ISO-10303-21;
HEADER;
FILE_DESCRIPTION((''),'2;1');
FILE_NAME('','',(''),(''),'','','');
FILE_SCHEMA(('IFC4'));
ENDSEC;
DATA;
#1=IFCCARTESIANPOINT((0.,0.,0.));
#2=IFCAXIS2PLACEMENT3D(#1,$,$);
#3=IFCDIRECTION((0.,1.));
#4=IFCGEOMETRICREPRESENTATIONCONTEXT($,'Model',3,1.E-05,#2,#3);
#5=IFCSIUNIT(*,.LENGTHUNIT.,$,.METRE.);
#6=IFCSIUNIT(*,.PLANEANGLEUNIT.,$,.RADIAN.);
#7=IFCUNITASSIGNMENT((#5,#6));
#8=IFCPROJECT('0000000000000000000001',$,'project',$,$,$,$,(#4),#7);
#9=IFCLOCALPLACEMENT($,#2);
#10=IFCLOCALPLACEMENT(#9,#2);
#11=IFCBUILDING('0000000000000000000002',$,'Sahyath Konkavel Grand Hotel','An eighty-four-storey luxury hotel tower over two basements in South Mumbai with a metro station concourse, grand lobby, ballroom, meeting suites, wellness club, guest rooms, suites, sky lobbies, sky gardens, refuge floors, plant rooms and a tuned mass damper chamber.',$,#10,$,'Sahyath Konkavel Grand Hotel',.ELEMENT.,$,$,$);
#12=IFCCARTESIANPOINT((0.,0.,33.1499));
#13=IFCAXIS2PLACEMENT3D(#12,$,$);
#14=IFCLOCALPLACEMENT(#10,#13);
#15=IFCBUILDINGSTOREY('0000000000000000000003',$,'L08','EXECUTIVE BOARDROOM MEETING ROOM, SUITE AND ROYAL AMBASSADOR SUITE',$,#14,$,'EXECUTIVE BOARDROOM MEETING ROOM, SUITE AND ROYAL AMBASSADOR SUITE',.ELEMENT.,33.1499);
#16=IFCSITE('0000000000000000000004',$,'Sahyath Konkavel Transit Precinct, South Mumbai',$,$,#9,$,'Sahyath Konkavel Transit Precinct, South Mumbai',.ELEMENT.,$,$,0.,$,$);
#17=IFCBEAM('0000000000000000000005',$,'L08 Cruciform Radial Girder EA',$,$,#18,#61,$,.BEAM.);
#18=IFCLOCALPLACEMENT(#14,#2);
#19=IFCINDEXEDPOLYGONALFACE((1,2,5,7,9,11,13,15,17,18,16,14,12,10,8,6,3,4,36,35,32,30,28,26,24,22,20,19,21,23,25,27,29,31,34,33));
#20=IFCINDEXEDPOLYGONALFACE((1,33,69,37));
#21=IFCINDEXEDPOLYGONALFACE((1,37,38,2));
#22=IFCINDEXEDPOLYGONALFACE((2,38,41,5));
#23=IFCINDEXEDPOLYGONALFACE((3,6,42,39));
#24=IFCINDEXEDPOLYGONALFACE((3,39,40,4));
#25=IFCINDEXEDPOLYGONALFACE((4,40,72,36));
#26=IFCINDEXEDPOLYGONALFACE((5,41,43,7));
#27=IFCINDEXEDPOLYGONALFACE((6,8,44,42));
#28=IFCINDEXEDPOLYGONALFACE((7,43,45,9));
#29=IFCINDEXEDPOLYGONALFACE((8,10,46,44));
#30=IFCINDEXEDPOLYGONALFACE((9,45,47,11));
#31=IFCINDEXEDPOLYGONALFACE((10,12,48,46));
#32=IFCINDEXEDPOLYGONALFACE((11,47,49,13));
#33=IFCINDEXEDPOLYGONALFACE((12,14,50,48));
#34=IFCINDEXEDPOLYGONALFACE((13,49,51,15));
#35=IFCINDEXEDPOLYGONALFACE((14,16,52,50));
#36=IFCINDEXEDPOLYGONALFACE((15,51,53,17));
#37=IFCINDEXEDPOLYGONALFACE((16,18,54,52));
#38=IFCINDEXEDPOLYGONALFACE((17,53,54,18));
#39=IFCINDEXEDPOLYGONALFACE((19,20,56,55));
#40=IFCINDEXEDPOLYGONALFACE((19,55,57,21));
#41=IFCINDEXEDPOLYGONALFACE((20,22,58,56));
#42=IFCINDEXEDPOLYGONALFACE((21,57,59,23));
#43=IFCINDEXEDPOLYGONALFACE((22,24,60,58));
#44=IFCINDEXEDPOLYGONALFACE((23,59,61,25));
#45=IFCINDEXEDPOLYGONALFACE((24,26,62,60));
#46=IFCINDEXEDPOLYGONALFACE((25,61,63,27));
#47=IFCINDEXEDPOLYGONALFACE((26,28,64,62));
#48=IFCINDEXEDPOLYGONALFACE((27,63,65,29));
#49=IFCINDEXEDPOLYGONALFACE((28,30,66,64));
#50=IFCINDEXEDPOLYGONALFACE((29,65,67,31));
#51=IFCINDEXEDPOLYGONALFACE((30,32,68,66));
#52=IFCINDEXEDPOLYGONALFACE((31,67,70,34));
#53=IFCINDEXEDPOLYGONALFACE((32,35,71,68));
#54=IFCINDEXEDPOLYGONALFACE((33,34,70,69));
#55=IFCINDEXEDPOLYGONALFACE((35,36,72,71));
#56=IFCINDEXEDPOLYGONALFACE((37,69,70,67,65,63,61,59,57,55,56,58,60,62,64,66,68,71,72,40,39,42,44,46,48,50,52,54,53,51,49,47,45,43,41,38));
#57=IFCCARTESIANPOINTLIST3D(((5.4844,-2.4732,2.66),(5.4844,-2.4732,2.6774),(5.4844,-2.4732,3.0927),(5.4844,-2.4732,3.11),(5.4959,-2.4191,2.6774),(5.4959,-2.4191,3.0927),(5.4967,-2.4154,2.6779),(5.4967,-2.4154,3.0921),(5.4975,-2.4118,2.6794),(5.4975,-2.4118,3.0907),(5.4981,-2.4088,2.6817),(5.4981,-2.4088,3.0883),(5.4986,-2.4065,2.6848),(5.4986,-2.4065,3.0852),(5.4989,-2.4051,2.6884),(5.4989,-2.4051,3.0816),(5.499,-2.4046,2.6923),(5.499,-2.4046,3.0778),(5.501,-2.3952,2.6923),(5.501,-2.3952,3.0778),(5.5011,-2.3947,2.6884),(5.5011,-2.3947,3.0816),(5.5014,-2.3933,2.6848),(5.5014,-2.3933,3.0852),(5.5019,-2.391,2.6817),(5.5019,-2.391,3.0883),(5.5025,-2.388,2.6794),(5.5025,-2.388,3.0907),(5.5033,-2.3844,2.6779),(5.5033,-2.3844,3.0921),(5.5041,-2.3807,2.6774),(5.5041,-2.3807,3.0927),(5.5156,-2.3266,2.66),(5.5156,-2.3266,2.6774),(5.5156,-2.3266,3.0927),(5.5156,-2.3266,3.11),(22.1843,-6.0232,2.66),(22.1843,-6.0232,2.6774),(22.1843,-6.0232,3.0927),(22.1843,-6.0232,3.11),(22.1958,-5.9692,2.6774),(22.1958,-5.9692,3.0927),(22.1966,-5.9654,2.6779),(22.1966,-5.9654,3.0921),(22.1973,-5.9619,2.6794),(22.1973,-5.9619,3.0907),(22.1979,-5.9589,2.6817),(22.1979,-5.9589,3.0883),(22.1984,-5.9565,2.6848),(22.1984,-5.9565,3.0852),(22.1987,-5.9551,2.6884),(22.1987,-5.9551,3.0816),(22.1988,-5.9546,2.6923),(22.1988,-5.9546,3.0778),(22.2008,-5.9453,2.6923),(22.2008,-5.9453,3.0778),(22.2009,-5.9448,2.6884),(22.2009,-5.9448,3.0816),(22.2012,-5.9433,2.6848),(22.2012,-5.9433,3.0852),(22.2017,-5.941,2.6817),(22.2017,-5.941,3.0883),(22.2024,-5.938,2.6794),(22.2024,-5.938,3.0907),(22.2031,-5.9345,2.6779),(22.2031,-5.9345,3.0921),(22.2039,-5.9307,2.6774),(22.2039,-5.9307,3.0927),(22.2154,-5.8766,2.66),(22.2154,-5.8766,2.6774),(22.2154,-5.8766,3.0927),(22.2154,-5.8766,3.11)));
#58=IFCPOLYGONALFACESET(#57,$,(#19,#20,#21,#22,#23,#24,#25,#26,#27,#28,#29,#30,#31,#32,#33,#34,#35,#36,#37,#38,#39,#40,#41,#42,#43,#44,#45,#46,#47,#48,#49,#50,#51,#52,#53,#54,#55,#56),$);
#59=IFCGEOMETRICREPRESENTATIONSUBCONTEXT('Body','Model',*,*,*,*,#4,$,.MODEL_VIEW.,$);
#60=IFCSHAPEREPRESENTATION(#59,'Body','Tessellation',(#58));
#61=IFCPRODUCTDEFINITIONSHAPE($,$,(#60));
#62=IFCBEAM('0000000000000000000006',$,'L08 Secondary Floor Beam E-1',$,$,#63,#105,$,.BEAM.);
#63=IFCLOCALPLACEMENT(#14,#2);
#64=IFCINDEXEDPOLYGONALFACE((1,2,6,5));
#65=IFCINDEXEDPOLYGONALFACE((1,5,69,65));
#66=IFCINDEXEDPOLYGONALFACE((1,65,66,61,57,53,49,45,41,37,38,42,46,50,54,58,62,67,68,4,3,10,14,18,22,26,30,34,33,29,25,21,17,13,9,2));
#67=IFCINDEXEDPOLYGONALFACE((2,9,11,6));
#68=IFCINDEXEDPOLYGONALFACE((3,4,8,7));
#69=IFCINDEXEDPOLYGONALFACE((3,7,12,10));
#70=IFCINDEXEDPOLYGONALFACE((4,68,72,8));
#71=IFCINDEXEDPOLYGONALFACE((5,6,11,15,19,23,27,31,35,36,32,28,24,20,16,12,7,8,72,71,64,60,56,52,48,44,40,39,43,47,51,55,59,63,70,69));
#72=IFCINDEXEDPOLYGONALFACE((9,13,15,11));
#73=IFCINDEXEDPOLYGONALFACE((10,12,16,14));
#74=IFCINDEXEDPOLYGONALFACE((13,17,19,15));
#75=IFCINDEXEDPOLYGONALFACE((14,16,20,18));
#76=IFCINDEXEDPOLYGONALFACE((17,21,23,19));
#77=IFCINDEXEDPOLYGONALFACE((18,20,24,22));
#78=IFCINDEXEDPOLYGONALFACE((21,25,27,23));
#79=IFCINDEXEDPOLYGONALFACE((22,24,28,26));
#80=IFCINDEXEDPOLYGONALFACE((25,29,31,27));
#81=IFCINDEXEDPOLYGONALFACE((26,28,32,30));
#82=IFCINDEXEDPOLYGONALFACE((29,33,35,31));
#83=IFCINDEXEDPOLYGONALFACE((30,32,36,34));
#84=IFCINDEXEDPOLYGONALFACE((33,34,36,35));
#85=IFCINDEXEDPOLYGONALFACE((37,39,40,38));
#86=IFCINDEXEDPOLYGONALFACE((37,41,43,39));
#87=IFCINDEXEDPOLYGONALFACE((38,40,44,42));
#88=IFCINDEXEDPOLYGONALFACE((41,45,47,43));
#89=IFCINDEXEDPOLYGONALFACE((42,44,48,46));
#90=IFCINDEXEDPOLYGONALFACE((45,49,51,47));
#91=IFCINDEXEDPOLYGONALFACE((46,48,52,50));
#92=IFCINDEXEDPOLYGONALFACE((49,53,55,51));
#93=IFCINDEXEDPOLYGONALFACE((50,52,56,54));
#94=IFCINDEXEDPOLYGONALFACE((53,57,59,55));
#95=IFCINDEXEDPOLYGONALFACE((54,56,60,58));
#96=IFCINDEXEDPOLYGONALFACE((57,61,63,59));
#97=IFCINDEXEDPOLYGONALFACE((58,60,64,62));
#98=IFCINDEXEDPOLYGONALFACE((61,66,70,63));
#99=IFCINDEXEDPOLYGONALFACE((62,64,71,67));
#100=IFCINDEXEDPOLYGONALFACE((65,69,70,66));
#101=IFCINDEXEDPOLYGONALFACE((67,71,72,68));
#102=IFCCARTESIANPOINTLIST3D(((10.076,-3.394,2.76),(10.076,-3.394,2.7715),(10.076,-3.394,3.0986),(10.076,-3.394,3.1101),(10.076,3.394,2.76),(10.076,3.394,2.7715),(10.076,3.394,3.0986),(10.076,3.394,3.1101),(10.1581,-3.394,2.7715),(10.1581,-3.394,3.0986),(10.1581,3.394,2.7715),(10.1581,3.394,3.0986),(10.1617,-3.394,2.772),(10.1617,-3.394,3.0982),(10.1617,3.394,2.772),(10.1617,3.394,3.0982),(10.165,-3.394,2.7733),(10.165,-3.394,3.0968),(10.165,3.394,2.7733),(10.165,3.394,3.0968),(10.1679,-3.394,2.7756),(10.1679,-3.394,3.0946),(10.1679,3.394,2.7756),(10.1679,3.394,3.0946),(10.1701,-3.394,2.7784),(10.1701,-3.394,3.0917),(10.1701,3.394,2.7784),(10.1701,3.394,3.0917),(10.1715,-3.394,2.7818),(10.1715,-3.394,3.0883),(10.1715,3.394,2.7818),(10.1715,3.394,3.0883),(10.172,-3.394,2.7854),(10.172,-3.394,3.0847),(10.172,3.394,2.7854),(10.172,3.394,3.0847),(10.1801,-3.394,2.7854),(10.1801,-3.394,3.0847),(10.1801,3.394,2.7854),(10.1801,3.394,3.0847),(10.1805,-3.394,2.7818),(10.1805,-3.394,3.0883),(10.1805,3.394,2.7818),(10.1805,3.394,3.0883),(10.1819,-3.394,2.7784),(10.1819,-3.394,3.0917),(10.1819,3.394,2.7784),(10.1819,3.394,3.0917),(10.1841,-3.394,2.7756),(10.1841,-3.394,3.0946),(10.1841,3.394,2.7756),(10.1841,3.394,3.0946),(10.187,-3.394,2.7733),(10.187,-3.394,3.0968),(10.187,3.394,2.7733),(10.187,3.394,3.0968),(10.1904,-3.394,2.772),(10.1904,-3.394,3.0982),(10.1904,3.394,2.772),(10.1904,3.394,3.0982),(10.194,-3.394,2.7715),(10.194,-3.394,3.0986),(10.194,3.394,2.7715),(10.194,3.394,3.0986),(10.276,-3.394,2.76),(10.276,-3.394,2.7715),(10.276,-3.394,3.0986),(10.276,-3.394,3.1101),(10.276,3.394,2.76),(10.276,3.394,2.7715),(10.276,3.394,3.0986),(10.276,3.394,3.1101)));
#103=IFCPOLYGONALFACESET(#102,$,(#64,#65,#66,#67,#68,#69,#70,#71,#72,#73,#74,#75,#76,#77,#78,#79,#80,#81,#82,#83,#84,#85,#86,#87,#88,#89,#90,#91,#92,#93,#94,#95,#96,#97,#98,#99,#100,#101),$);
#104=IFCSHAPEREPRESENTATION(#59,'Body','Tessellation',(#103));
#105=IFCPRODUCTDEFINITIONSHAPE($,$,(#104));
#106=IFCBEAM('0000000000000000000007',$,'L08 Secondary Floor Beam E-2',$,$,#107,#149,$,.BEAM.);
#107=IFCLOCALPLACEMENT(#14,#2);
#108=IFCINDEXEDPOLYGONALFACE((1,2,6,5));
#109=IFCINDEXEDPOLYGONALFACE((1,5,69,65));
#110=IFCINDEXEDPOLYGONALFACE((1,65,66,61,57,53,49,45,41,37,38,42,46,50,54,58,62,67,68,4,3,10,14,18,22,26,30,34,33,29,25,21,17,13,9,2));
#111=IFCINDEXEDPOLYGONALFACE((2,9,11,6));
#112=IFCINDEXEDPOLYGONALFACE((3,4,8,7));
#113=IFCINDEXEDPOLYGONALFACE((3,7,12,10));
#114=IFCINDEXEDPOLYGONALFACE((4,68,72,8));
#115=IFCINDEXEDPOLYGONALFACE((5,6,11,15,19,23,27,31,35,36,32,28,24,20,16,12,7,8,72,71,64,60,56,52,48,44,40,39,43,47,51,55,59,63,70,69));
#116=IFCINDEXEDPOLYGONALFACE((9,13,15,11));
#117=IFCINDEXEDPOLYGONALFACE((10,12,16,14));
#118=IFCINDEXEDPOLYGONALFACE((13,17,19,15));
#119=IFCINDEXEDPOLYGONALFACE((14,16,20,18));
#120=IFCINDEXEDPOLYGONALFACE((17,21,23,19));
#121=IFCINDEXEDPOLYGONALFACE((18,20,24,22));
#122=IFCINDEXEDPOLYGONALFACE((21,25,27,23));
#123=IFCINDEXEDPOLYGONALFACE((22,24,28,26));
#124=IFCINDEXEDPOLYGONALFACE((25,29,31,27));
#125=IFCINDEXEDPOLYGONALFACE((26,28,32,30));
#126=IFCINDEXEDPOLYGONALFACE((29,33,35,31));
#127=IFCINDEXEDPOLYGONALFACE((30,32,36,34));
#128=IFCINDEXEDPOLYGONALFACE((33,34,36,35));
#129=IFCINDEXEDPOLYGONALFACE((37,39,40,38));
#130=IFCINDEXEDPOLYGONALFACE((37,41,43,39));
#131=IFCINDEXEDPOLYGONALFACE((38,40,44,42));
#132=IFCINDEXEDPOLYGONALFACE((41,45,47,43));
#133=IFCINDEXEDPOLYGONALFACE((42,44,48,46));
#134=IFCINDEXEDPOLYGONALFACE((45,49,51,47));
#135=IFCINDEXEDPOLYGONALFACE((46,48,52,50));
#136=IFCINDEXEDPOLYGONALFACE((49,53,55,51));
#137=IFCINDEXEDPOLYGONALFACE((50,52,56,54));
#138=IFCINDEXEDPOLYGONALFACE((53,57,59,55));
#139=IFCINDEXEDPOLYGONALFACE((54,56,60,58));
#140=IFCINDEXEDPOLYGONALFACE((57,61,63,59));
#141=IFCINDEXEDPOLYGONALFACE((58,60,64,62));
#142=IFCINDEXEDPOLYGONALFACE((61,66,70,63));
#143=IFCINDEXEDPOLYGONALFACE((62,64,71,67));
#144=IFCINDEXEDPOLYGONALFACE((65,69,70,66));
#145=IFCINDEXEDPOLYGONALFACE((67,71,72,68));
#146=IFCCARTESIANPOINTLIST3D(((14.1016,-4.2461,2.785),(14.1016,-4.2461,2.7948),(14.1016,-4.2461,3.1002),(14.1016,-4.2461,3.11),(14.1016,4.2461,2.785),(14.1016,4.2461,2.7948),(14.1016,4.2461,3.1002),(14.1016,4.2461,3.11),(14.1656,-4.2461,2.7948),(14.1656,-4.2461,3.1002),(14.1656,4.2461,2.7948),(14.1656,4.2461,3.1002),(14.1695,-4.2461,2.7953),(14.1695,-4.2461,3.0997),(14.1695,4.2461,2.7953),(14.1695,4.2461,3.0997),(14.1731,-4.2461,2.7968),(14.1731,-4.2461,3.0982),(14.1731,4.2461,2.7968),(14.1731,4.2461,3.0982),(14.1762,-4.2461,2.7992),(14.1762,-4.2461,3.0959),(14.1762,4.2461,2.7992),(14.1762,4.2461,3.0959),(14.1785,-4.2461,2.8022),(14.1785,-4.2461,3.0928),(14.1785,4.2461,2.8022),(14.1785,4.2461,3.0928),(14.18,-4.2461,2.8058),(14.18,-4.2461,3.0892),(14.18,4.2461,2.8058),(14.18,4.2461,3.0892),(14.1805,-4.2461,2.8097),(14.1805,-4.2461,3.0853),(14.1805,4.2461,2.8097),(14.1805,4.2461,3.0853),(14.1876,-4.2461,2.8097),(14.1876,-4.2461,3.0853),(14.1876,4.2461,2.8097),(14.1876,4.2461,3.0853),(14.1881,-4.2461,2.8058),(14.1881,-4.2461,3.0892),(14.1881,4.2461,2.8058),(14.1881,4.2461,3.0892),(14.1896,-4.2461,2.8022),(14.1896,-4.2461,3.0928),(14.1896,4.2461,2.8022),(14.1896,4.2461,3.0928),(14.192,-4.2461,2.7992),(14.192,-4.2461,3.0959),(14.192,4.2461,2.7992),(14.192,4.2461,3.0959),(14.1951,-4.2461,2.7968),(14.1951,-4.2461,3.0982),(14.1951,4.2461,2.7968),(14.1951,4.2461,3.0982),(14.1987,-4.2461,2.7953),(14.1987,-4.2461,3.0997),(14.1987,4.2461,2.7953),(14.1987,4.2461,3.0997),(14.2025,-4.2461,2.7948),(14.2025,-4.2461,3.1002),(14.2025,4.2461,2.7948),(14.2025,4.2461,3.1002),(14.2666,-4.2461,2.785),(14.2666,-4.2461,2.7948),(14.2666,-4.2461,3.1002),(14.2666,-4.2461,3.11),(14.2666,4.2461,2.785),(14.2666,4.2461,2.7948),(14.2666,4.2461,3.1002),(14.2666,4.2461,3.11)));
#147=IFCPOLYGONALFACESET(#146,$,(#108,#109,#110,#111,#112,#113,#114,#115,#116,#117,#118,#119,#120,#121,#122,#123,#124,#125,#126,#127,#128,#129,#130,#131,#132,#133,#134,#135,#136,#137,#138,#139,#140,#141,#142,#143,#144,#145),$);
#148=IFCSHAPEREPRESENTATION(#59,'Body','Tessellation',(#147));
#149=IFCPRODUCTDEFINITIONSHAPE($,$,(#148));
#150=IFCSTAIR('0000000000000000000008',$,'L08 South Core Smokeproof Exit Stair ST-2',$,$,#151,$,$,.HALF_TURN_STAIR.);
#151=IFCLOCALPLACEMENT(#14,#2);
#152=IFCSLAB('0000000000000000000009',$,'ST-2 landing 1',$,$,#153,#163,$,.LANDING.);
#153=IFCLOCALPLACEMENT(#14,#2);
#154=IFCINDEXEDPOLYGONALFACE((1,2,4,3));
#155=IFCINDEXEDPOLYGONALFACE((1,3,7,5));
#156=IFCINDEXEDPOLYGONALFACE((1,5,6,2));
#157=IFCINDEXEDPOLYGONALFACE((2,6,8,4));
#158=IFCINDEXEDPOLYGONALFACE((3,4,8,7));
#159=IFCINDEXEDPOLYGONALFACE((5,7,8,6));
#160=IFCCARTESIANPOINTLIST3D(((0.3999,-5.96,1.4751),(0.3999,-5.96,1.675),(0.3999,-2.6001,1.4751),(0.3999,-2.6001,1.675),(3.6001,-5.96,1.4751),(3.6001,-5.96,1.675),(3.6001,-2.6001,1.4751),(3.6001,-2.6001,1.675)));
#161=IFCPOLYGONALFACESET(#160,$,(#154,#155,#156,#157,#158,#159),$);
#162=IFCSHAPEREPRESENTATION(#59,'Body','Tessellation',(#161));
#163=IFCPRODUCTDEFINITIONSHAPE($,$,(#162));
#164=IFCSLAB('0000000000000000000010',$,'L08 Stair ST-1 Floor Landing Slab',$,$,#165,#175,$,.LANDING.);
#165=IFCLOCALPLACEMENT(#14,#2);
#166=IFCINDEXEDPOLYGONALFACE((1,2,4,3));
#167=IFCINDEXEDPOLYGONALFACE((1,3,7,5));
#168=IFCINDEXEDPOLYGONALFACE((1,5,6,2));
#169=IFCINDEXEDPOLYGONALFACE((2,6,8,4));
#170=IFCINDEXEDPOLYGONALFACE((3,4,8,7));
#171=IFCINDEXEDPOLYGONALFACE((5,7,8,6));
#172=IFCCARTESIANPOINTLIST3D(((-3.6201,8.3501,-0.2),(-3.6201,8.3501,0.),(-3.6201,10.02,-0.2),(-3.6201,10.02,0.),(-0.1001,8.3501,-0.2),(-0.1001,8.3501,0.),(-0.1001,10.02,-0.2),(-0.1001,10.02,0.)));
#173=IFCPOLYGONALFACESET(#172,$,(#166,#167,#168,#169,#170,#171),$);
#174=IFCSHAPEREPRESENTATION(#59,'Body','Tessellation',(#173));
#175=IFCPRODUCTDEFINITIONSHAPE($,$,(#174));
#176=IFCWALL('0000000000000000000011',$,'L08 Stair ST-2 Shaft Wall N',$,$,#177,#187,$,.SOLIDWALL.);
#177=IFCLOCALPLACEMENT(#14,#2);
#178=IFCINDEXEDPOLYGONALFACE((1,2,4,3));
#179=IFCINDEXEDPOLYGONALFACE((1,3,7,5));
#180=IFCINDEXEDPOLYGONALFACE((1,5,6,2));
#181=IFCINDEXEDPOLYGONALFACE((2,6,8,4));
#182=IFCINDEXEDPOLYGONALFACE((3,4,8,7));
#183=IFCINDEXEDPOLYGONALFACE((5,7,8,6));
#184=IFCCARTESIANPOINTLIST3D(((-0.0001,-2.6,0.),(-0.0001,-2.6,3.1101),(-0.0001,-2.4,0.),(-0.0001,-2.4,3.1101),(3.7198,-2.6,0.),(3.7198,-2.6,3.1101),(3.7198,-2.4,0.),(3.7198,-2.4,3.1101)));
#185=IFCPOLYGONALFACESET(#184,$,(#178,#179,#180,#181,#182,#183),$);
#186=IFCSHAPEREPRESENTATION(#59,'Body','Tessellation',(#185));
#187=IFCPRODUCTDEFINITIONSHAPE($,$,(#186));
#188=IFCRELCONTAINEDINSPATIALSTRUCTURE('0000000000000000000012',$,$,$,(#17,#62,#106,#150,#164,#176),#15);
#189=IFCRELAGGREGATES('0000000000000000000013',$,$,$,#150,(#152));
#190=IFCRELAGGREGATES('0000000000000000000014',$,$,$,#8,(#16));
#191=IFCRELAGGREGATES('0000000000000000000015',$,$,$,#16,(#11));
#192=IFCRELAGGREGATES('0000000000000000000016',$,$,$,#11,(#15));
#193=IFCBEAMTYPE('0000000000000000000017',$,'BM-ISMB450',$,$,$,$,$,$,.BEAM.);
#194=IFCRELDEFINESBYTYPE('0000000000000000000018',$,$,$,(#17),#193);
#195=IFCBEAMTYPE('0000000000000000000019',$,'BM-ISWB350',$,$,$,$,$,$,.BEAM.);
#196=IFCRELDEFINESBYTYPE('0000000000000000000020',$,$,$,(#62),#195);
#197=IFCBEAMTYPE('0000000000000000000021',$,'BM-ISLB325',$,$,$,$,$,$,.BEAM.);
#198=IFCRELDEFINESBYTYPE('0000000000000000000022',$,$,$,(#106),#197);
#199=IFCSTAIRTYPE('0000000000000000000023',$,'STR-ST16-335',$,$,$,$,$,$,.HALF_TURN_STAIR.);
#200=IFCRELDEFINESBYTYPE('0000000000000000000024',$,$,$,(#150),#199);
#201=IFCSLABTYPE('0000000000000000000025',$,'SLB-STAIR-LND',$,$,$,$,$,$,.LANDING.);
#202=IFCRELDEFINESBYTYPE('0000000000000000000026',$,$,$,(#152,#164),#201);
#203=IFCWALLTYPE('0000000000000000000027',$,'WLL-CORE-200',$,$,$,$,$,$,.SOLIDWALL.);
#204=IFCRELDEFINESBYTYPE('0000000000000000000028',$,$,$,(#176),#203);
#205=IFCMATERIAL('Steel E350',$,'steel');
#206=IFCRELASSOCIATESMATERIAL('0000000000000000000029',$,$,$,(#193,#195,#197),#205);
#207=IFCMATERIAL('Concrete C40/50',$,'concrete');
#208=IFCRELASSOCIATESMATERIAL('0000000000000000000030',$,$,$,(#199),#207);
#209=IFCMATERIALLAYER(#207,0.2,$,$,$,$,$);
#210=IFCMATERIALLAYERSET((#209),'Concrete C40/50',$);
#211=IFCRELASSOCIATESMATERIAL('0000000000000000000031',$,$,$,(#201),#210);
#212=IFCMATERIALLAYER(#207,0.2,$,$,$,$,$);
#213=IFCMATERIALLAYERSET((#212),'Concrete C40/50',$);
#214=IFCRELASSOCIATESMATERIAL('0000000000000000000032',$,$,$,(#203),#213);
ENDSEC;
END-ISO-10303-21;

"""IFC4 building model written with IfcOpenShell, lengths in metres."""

from ifc_helpers import new_model, si_unit, direction, frame, frame_2d, origin, origin_2d, place, context, subcontext, project, spatial, polyline, rectangle, i_section, outline, extrude, source, transform, mapped, material, layer, layer_set, material_profile, profile_set, type_object, element, aggregate, save


model = new_model("IFC4")

# Units and contexts
model_context = context("Model", 3, precision=1e-05, world=origin(), true_north=direction((0.0, 1.0)))
body_context = subcontext(model_context, "Body", "Model", "MODEL_VIEW")
ifc_project = project(units=[si_unit("LENGTHUNIT", "METRE"), si_unit("PLANEANGLEUNIT", "RADIAN")], contexts=[model_context])

# Site, building, storey
site_placement = place(None, origin())
site = spatial("IfcSite", under=ifc_project, at=site_placement, Name="Sahyath Konkavel Transit Precinct, South Mumbai", LongName="Sahyath Konkavel Transit Precinct, South Mumbai", CompositionType="ELEMENT", RefElevation=0.0)
building_placement = place(site_placement, origin())
building = spatial("IfcBuilding", under=site, at=building_placement, Name="Sahyath Konkavel Grand Hotel", Description="An eighty-four-storey luxury hotel tower over two basements in South Mumbai with a metro station concourse, grand lobby, ballroom, meeting suites, wellness club, guest rooms, suites, sky lobbies, sky gardens, refuge floors, plant rooms and a tuned mass damper chamber.", LongName="Sahyath Konkavel Grand Hotel", CompositionType="ELEMENT")
storey_placement = place(building_placement, frame((0.0, 0.0, 33.1499)))
storey = spatial("IfcBuildingStorey", under=building, at=storey_placement, Name="L08", Description="EXECUTIVE BOARDROOM MEETING ROOM, SUITE AND ROYAL AMBASSADOR SUITE", LongName="EXECUTIVE BOARDROOM MEETING ROOM, SUITE AND ROYAL AMBASSADOR SUITE", CompositionType="ELEMENT", Elevation=33.1499)

# Beams
ifc_material_1 = material(Name="Steel E350", Category="steel")
ifc_material_profile_1 = material_profile(ifc_material_1, i_section(OverallWidth=0.1499, OverallDepth=0.45, WebThickness=0.0095, FlangeThickness=0.0173, FilletRadius=0.0149, at=origin_2d()), Name="ISMB 450")
ifc_profile_set_1 = profile_set([ifc_material_profile_1], Name="Steel E350")
beam_type_1 = type_object("IfcBeamType", Name="BM-ISMB450", PredefinedType="BEAM", material=ifc_profile_set_1)
shared_shape_1 = source(origin(), body_context, "Body", "SweptSolid", [
    extrude(i_section(OverallWidth=0.1499, OverallDepth=0.45, WebThickness=0.0095, FlangeThickness=0.0173, FilletRadius=0.0149, at=origin_2d()), origin(), (0.0, 0.0, 1.0), 17.073),
])
beam_1_placement = place(storey_placement, frame((5.5, -2.3999, 2.885), z_axis=(0.978143, -0.207932, 0.0), x_axis=(0.207932, 0.978143, 0.0)))
element("IfcBeam", 1, at=beam_1_placement, inside=storey, type_object=beam_type_1, Name="L08 Cruciform Radial Girder EA", PredefinedType="BEAM", context=body_context, shape_type="MappedRepresentation", body=[
    mapped(shared_shape_1, transform((0.0, 0.0, 0.0), scale=1.0)),
])
ifc_material_profile_2 = material_profile(ifc_material_1, i_section(OverallWidth=0.2, OverallDepth=0.3501, WebThickness=0.0081, FlangeThickness=0.0115, FilletRadius=0.0139, at=origin_2d()), Name="ISWB 350")
ifc_profile_set_2 = profile_set([ifc_material_profile_2], Name="Steel E350")
beam_type_2 = type_object("IfcBeamType", Name="BM-ISWB350", PredefinedType="BEAM", material=ifc_profile_set_2)
shared_shape_2 = source(origin(), body_context, "Body", "SweptSolid", [
    extrude(i_section(OverallWidth=0.2, OverallDepth=0.3501, WebThickness=0.0081, FlangeThickness=0.0115, FilletRadius=0.0139, at=origin_2d()), origin(), (0.0, 0.0, 1.0), 6.7881),
])
beam_2_placement = place(storey_placement, frame((10.176, -3.394, 2.9351), z_axis=(0.0, 1.0, 0.0), x_axis=(-1.0, 0.0, 0.0)))
element("IfcBeam", 2, at=beam_2_placement, inside=storey, type_object=beam_type_2, Name="L08 Secondary Floor Beam E-1", PredefinedType="BEAM", context=body_context, shape_type="MappedRepresentation", body=[
    mapped(shared_shape_2, transform((0.0, 0.0, 0.0), scale=1.0)),
])
ifc_material_profile_3 = material_profile(ifc_material_1, i_section(OverallWidth=0.165, OverallDepth=0.325, WebThickness=0.0071, FlangeThickness=0.0098, FilletRadius=0.0149, at=origin_2d()), Name="ISLB 325")
ifc_profile_set_3 = profile_set([ifc_material_profile_3], Name="Steel E350")
beam_type_3 = type_object("IfcBeamType", Name="BM-ISLB325", PredefinedType="BEAM", material=ifc_profile_set_3)
shared_shape_3 = source(origin(), body_context, "Body", "SweptSolid", [
    extrude(i_section(OverallWidth=0.165, OverallDepth=0.325, WebThickness=0.0071, FlangeThickness=0.0098, FilletRadius=0.0149, at=origin_2d()), origin(), (0.0, 0.0, 1.0), 8.4922),
])
beam_3_placement = place(storey_placement, frame((14.1841, -4.2461, 2.9475), z_axis=(0.0, 1.0, 0.0), x_axis=(-1.0, 0.0, 0.0)))
element("IfcBeam", 3, at=beam_3_placement, inside=storey, type_object=beam_type_3, Name="L08 Secondary Floor Beam E-2", PredefinedType="BEAM", context=body_context, shape_type="MappedRepresentation", body=[
    mapped(shared_shape_3, transform((0.0, 0.0, 0.0), scale=1.0)),
])

# Stair, slab
ifc_material_2 = material(Name="Concrete C40/50", Category="concrete")
stair_type = type_object("IfcStairType", Name="STR-ST16-335", PredefinedType="HALF_TURN_STAIR", material=ifc_material_2)
stair_placement = place(storey_placement, origin())
stair = element("IfcStair", 4, at=stair_placement, inside=storey, type_object=stair_type, Name="L08 South Core Smokeproof Exit Stair ST-2", PredefinedType="HALF_TURN_STAIR")
ifc_layer_1 = layer(ifc_material_2, 0.2)
ifc_layer_set_1 = layer_set([ifc_layer_1], Name="Concrete C40/50")
slab_type = type_object("IfcSlabType", Name="SLB-STAIR-LND", PredefinedType="LANDING", material=ifc_layer_set_1)
slab_1_placement = place(storey_placement, frame((0.0, 0.0, 1.4751)))
slab_1 = element("IfcSlab", 5, at=slab_1_placement, type_object=slab_type, Name="ST-2 landing 1", PredefinedType="LANDING", context=body_context, shape_type="SweptSolid", body=[
    extrude(outline(polyline([(3.6001, -5.96), (3.6001, -2.6001), (0.3999, -2.6001), (0.3999, -5.96), (3.6001, -5.96)])), origin(), (0.0, 0.0, 1.0), 0.2),
])

# Slab
slab_2_placement = place(storey_placement, frame((0.0, 0.0, -0.2)))
element("IfcSlab", 6, at=slab_2_placement, inside=storey, type_object=slab_type, Name="L08 Stair ST-1 Floor Landing Slab", PredefinedType="LANDING", context=body_context, shape_type="SweptSolid", body=[
    extrude(outline(polyline([(-3.6201, 8.3501), (-0.1001, 8.3501), (-0.1001, 10.02), (-3.6201, 10.02), (-3.6201, 8.3501)])), origin(), (0.0, 0.0, 1.0), 0.2),
])

# Wall
ifc_layer_2 = layer(ifc_material_2, 0.2)
ifc_layer_set_2 = layer_set([ifc_layer_2], Name="Concrete C40/50")
wall_type_1 = type_object("IfcWallType", Name="WLL-CORE-200", PredefinedType="SOLIDWALL", material=ifc_layer_set_2)
wall_1_placement = place(storey_placement, frame((0.0, -2.5, 0.0), z_axis=(0.0, 0.0, 1.0), x_axis=(1.0, 0.0, 0.0)))
element("IfcWall", 7, at=wall_1_placement, inside=storey, type_object=wall_type_1, Name="L08 Stair ST-2 Shaft Wall N", PredefinedType="SOLIDWALL", context=body_context, shape_type="SweptSolid", body=[
    extrude(rectangle(XDim=3.72, YDim=0.2, at=frame_2d((1.8599, 0.0))), origin(), (0.0, 0.0, 1.0), 3.1101),
])

aggregate(stair, [slab_1])

save(model, "model.ifc")
